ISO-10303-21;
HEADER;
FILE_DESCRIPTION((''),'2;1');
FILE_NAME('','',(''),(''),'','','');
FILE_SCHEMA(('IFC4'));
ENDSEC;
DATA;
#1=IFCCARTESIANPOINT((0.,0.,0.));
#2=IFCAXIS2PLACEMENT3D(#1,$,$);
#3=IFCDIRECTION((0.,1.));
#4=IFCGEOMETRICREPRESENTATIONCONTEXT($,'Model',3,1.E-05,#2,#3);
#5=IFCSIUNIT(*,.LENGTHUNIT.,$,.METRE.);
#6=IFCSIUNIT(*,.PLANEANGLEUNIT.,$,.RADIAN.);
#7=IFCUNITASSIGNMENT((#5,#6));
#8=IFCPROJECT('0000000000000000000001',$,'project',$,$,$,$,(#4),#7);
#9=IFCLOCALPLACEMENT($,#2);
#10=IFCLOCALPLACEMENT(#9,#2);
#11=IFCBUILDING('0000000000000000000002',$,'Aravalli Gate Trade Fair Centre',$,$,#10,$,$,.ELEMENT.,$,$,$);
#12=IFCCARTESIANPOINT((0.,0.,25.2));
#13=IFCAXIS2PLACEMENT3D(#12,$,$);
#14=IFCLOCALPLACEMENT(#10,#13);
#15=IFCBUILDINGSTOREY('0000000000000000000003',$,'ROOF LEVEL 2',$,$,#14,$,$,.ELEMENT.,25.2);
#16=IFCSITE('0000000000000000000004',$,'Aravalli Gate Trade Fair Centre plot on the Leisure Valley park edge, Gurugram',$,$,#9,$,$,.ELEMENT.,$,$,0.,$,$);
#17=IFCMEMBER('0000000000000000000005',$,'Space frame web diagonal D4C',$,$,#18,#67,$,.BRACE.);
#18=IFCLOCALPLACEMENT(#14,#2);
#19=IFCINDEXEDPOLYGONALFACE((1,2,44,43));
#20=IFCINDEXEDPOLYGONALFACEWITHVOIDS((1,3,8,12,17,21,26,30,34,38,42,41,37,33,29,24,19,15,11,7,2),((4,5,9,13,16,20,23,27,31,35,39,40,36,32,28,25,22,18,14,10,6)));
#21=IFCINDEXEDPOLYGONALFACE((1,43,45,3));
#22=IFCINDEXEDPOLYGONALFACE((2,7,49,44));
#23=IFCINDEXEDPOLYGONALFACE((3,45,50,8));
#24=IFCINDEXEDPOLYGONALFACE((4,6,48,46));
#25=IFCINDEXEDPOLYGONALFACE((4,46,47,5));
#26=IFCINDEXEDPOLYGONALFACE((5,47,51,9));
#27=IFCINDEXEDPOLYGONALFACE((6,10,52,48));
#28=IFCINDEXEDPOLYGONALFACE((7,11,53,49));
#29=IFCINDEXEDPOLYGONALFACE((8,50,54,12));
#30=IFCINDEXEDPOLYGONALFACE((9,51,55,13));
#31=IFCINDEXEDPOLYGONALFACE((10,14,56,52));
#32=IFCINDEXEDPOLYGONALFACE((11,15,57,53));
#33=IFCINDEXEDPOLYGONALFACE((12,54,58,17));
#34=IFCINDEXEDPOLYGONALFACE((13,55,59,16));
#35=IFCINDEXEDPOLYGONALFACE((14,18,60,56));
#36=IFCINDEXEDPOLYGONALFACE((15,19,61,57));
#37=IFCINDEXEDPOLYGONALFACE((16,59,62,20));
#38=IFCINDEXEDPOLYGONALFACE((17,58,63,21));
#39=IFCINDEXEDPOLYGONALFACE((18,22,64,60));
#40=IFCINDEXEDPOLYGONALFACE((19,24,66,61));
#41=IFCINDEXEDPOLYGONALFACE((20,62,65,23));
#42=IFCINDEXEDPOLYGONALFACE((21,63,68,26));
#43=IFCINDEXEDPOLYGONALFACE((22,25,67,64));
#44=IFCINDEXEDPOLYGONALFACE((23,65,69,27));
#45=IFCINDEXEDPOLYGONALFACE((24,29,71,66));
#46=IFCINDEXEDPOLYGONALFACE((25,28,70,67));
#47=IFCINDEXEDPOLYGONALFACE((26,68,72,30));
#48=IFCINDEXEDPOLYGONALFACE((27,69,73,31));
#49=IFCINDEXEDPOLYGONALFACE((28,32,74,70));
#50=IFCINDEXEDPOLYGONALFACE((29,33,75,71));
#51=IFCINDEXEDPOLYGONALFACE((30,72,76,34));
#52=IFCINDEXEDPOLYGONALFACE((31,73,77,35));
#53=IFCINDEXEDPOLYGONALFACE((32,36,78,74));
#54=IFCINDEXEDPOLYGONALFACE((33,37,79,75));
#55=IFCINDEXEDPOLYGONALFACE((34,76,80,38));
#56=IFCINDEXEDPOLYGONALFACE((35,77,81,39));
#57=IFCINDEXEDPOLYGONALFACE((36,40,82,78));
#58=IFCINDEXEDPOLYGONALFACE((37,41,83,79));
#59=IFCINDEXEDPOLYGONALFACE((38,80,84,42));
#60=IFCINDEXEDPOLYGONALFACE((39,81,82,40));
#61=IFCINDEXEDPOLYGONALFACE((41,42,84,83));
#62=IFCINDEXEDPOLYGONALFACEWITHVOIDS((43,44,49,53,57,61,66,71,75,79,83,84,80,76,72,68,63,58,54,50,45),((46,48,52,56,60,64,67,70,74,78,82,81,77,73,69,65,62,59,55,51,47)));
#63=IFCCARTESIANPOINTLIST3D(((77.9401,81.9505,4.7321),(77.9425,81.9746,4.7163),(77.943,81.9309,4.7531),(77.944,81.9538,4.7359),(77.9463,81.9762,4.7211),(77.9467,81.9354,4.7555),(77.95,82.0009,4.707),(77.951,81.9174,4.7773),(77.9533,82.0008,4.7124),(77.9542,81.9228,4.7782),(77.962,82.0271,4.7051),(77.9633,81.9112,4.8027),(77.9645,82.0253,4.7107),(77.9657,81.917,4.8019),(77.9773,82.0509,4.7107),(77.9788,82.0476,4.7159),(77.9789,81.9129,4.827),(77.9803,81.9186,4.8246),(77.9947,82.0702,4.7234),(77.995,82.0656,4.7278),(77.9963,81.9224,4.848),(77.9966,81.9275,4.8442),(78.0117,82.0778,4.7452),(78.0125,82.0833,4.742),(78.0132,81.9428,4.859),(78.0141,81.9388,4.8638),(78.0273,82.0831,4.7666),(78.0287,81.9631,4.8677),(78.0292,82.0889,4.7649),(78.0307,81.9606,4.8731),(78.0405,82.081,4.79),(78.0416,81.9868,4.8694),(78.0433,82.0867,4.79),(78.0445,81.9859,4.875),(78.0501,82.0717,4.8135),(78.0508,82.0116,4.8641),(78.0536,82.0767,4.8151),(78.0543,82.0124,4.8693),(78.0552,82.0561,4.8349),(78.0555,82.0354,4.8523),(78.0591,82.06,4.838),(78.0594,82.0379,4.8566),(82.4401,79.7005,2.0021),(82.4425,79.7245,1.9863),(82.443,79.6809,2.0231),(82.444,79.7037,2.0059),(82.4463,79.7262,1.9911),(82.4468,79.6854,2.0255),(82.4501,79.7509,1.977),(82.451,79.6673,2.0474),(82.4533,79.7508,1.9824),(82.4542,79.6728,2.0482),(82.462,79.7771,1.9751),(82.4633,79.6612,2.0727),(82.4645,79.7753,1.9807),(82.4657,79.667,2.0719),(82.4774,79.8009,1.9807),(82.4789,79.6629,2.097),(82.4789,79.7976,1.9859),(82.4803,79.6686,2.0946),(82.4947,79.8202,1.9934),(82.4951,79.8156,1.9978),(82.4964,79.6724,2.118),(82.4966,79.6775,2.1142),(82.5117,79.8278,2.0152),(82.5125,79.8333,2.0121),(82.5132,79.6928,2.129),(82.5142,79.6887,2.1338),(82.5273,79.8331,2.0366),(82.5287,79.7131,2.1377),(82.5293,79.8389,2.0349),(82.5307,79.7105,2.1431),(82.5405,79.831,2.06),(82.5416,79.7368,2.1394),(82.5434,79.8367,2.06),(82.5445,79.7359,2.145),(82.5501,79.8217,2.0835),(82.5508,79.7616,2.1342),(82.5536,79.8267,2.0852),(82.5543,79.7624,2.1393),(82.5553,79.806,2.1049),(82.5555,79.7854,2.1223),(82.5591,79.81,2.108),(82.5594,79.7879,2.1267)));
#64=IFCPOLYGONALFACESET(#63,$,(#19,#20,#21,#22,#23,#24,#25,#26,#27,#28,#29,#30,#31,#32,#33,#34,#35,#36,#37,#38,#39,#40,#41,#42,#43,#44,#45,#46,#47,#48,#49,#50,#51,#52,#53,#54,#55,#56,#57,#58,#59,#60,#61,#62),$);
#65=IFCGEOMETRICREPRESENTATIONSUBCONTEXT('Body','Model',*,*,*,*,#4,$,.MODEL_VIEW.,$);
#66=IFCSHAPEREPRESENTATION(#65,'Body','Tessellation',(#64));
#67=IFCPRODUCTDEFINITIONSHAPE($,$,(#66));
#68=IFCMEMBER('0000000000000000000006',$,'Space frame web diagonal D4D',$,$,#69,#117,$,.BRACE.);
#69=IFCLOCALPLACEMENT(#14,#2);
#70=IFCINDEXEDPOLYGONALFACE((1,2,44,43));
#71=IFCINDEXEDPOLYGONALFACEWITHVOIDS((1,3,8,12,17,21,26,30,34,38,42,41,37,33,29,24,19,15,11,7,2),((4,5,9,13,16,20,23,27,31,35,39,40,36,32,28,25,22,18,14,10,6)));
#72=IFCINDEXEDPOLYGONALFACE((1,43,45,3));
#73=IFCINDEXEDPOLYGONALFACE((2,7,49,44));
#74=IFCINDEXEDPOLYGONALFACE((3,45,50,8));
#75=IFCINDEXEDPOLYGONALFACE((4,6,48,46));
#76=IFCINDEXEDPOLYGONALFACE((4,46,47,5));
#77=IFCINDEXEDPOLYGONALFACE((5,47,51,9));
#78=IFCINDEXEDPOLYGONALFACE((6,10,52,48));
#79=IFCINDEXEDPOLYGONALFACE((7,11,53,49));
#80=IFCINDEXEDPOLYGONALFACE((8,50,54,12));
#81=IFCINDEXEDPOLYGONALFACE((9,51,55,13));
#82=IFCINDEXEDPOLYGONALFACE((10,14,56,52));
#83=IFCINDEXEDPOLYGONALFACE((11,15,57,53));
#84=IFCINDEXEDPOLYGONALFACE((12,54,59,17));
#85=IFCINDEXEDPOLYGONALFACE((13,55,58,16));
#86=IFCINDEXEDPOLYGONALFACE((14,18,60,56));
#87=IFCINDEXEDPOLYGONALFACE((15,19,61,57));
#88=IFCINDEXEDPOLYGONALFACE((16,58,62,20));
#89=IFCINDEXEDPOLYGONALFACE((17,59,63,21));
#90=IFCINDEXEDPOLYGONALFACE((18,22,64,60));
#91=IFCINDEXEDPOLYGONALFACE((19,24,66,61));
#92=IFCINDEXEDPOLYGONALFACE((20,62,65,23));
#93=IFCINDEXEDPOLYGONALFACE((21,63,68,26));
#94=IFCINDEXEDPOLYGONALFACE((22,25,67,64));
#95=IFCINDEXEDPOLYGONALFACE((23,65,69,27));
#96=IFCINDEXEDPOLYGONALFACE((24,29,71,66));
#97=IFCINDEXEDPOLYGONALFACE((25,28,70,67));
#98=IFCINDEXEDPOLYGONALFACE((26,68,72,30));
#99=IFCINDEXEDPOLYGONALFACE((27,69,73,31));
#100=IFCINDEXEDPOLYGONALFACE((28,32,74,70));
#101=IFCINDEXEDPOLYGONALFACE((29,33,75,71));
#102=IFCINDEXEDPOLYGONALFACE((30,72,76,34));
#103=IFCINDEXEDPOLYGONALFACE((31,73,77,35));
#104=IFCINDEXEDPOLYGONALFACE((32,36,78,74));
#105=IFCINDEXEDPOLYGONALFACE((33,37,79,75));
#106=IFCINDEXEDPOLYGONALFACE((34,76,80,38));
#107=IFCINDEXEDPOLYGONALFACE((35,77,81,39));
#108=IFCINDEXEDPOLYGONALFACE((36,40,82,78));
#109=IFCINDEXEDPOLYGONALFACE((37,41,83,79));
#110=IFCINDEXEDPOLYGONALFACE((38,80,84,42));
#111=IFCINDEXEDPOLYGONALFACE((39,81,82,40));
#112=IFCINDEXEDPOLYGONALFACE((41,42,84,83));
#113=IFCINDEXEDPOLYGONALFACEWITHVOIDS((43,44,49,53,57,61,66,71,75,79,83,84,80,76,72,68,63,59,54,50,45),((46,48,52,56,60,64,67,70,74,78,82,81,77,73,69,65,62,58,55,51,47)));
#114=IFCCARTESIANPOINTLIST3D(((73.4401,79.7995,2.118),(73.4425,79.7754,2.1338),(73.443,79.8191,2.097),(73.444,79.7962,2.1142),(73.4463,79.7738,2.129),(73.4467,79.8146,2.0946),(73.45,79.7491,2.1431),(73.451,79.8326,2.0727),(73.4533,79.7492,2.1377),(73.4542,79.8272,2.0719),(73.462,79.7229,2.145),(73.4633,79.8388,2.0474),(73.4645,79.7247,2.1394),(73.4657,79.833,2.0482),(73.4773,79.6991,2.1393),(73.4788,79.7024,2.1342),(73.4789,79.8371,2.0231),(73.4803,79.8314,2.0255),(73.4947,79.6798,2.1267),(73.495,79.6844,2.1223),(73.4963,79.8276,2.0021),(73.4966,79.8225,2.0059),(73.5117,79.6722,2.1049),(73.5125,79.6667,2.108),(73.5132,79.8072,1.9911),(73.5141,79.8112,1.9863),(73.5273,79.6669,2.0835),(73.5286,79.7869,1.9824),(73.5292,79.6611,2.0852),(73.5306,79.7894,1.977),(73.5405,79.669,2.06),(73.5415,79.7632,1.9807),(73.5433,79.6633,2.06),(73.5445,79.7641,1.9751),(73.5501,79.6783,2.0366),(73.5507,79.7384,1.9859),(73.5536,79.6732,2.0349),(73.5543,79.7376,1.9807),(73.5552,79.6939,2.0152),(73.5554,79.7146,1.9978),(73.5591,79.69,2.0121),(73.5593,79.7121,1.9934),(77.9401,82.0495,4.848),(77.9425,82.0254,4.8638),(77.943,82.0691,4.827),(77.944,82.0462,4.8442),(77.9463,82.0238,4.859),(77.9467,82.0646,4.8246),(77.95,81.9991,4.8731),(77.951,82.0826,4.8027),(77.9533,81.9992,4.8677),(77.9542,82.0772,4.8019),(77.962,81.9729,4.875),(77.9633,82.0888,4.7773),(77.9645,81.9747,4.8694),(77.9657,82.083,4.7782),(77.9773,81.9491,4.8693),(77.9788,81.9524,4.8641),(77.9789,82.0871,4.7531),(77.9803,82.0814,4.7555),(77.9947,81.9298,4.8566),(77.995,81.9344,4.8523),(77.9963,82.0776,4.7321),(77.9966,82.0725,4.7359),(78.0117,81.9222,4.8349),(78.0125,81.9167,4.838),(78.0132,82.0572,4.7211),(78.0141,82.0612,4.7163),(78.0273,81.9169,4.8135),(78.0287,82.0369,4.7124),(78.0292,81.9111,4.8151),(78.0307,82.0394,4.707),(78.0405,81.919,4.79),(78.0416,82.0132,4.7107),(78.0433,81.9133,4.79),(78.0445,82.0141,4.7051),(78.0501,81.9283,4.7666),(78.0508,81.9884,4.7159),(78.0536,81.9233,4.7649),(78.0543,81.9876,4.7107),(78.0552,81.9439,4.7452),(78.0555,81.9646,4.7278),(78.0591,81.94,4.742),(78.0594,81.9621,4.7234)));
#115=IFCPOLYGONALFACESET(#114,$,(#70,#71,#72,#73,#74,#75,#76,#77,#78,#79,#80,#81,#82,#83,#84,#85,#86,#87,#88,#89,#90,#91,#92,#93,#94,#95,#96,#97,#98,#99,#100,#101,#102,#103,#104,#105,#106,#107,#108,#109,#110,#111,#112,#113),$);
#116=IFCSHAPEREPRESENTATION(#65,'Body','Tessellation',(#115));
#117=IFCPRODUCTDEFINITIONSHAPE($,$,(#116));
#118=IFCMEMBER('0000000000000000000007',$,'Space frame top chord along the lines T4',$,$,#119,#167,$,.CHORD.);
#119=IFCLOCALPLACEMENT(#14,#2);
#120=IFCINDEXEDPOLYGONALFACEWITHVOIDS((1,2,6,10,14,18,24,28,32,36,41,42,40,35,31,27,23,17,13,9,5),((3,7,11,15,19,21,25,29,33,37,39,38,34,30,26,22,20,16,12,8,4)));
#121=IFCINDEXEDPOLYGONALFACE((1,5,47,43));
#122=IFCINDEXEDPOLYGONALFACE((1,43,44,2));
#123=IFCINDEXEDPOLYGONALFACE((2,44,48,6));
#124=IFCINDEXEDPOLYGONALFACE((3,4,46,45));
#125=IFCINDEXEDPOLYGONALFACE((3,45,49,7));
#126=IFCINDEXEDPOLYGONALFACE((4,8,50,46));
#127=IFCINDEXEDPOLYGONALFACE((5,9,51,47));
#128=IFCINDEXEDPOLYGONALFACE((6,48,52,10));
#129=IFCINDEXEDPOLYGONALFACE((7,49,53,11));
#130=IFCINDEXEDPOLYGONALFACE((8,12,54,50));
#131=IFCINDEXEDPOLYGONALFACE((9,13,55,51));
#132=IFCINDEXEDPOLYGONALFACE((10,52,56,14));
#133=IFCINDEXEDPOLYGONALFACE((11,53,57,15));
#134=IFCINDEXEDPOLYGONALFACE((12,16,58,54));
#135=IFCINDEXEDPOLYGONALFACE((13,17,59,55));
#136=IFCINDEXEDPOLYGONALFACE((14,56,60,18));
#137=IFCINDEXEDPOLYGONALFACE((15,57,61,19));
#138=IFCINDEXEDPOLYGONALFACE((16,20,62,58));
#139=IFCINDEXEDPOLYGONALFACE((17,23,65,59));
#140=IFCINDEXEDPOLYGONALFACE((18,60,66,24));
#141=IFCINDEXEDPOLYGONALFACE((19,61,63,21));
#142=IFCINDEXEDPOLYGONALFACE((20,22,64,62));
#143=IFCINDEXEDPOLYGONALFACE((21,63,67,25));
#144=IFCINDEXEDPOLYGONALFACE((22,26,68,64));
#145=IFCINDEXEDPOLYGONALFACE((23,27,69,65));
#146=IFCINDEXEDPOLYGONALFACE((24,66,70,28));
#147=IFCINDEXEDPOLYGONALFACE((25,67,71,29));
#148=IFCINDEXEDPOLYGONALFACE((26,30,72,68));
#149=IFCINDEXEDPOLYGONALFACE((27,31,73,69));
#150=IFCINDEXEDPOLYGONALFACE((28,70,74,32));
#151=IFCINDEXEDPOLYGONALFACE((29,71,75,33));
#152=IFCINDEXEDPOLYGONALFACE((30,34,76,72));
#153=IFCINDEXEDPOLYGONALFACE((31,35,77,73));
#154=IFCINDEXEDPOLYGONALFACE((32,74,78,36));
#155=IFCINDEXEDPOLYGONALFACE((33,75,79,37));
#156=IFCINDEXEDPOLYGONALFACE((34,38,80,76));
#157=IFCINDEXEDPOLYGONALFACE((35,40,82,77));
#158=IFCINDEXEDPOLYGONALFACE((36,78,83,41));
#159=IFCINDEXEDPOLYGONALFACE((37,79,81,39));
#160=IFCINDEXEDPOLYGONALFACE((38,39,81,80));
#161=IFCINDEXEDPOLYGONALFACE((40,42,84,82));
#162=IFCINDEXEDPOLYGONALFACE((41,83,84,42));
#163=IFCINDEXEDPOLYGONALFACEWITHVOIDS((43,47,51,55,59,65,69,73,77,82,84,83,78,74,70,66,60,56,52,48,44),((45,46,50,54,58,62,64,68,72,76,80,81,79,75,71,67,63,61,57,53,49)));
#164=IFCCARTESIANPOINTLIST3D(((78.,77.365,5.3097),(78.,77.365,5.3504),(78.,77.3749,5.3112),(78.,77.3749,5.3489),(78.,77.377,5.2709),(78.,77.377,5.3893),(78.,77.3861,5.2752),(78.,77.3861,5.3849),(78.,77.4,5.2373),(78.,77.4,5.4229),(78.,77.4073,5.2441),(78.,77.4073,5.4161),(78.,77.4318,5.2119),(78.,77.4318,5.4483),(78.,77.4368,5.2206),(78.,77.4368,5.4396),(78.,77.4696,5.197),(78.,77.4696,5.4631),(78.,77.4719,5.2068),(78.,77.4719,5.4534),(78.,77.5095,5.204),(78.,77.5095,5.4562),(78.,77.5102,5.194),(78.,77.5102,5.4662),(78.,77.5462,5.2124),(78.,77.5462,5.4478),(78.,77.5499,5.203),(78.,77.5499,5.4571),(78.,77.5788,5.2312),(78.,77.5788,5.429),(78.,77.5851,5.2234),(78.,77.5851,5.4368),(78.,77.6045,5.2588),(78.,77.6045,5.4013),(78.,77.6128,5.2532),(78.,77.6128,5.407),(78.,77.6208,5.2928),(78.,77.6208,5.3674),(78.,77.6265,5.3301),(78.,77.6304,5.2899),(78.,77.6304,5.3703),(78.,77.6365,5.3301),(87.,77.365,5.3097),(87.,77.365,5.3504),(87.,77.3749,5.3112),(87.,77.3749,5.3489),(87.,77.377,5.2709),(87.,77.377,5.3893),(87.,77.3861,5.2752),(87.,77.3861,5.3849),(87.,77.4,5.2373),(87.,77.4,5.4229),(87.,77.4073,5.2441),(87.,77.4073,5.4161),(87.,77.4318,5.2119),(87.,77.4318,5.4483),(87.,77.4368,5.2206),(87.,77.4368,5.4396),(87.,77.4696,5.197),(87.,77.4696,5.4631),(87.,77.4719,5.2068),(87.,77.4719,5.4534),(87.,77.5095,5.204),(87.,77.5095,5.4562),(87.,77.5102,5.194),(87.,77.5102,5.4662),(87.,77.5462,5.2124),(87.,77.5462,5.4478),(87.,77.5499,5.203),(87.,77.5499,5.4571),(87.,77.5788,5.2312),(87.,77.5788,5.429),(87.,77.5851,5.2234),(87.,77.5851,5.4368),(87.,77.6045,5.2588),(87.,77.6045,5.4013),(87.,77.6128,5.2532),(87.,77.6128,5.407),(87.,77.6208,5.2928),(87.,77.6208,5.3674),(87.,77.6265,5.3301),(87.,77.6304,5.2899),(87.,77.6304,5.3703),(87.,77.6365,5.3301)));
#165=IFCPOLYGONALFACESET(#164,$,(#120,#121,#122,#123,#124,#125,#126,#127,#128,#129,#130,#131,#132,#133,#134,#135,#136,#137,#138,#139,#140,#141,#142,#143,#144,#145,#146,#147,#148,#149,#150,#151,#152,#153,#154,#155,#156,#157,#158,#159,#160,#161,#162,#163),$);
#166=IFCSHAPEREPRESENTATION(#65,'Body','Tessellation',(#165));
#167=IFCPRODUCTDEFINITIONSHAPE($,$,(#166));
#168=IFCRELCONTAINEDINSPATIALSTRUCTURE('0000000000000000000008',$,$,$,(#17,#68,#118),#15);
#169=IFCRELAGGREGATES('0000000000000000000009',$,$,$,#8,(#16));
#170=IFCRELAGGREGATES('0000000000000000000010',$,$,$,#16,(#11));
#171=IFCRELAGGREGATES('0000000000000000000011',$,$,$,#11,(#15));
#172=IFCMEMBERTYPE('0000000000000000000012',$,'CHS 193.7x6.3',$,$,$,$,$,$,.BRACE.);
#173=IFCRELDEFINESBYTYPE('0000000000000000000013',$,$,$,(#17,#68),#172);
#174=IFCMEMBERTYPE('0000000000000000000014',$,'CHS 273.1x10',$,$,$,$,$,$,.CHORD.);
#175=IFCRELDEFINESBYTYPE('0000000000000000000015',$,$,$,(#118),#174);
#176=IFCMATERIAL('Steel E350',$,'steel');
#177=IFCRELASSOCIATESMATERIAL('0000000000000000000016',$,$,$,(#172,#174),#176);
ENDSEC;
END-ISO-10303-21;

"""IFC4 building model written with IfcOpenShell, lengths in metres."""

from ifc_helpers import new_model, si_unit, direction, frame, origin, origin_2d, place, context, subcontext, project, spatial, hollow_circle, extrude, material, material_profile, profile_set, type_object, element, save


model = new_model("IFC4")

# Units and contexts
model_context = context("Model", 3, precision=1e-05, world=origin(), true_north=direction((0.0, 1.0)))
body_context = subcontext(model_context, "Body", "Model", "MODEL_VIEW")
ifc_project = project(units=[si_unit("LENGTHUNIT", "METRE"), si_unit("PLANEANGLEUNIT", "RADIAN")], contexts=[model_context])

# Site, building, storey
site_placement = place(None, origin())
site = spatial("IfcSite", under=ifc_project, at=site_placement, Name="Aravalli Gate Trade Fair Centre plot on the Leisure Valley park edge, Gurugram", CompositionType="ELEMENT", RefElevation=0.0)
building_placement = place(site_placement, origin())
building = spatial("IfcBuilding", under=site, at=building_placement, Name="Aravalli Gate Trade Fair Centre", CompositionType="ELEMENT")
storey_placement = place(building_placement, frame((0.0, 0.0, 25.2)))
storey = spatial("IfcBuildingStorey", under=building, at=storey_placement, Name="ROOF LEVEL 2", CompositionType="ELEMENT", Elevation=25.2)

# Members
ifc_material_1 = material(Name="Steel E350", Category="steel")
ifc_material_profile_1 = material_profile(ifc_material_1, hollow_circle(Radius=0.0969, WallThickness=0.0063, at=origin_2d()), Name="CHS 193.7x6.3")
ifc_profile_set_1 = profile_set([ifc_material_profile_1], Name="Steel E350")
member_type_1 = type_object("IfcMemberType", Name="CHS 193.7x6.3", PredefinedType="BRACE", material=ifc_profile_set_1)
for number, where, z_axis, x_axis, name in (
    (1, (78.0, 82.0, 4.79), (0.78615, -0.393075, -0.476928), (0.447214, 0.894427, 0.0), "Space frame web diagonal D4C"),
    (2, (78.0, 82.0, 4.79), (-0.78615, -0.393075, -0.476928), (0.447214, -0.894427, 0.0), "Space frame web diagonal D4D"),
):
    element("IfcMember", number, at=place(storey_placement, frame(where, z_axis=z_axis, x_axis=x_axis)), inside=storey, type_object=member_type_1, Name=name, PredefinedType="BRACE", context=body_context, shape_type="SweptSolid", body=[
        extrude(hollow_circle(Radius=0.0969, WallThickness=0.0063, at=origin_2d()), origin(), (0.0, 0.0, 1.0), 5.7241),
    ])
ifc_material_profile_2 = material_profile(ifc_material_1, hollow_circle(Radius=0.1365, WallThickness=0.01, at=origin_2d()), Name="CHS 273.1x10")
ifc_profile_set_2 = profile_set([ifc_material_profile_2], Name="Steel E350")
member_type_2 = type_object("IfcMemberType", Name="CHS 273.1x10", PredefinedType="CHORD", material=ifc_profile_set_2)
for number, where, z_axis, x_axis, name in (
    (3, (78.0, 77.5, 5.3301), (1.0, 0.0, 0.0), (0.0, 1.0, 0.0), "Space frame top chord along the lines T4"),
):
    element("IfcMember", number, at=place(storey_placement, frame(where, z_axis=z_axis, x_axis=x_axis)), inside=storey, type_object=member_type_2, Name=name, PredefinedType="CHORD", context=body_context, shape_type="SweptSolid", body=[
        extrude(hollow_circle(Radius=0.1365, WallThickness=0.01, at=origin_2d()), origin(), (0.0, 0.0, 1.0), 9.0),
    ])

save(model, "model.ifc")
